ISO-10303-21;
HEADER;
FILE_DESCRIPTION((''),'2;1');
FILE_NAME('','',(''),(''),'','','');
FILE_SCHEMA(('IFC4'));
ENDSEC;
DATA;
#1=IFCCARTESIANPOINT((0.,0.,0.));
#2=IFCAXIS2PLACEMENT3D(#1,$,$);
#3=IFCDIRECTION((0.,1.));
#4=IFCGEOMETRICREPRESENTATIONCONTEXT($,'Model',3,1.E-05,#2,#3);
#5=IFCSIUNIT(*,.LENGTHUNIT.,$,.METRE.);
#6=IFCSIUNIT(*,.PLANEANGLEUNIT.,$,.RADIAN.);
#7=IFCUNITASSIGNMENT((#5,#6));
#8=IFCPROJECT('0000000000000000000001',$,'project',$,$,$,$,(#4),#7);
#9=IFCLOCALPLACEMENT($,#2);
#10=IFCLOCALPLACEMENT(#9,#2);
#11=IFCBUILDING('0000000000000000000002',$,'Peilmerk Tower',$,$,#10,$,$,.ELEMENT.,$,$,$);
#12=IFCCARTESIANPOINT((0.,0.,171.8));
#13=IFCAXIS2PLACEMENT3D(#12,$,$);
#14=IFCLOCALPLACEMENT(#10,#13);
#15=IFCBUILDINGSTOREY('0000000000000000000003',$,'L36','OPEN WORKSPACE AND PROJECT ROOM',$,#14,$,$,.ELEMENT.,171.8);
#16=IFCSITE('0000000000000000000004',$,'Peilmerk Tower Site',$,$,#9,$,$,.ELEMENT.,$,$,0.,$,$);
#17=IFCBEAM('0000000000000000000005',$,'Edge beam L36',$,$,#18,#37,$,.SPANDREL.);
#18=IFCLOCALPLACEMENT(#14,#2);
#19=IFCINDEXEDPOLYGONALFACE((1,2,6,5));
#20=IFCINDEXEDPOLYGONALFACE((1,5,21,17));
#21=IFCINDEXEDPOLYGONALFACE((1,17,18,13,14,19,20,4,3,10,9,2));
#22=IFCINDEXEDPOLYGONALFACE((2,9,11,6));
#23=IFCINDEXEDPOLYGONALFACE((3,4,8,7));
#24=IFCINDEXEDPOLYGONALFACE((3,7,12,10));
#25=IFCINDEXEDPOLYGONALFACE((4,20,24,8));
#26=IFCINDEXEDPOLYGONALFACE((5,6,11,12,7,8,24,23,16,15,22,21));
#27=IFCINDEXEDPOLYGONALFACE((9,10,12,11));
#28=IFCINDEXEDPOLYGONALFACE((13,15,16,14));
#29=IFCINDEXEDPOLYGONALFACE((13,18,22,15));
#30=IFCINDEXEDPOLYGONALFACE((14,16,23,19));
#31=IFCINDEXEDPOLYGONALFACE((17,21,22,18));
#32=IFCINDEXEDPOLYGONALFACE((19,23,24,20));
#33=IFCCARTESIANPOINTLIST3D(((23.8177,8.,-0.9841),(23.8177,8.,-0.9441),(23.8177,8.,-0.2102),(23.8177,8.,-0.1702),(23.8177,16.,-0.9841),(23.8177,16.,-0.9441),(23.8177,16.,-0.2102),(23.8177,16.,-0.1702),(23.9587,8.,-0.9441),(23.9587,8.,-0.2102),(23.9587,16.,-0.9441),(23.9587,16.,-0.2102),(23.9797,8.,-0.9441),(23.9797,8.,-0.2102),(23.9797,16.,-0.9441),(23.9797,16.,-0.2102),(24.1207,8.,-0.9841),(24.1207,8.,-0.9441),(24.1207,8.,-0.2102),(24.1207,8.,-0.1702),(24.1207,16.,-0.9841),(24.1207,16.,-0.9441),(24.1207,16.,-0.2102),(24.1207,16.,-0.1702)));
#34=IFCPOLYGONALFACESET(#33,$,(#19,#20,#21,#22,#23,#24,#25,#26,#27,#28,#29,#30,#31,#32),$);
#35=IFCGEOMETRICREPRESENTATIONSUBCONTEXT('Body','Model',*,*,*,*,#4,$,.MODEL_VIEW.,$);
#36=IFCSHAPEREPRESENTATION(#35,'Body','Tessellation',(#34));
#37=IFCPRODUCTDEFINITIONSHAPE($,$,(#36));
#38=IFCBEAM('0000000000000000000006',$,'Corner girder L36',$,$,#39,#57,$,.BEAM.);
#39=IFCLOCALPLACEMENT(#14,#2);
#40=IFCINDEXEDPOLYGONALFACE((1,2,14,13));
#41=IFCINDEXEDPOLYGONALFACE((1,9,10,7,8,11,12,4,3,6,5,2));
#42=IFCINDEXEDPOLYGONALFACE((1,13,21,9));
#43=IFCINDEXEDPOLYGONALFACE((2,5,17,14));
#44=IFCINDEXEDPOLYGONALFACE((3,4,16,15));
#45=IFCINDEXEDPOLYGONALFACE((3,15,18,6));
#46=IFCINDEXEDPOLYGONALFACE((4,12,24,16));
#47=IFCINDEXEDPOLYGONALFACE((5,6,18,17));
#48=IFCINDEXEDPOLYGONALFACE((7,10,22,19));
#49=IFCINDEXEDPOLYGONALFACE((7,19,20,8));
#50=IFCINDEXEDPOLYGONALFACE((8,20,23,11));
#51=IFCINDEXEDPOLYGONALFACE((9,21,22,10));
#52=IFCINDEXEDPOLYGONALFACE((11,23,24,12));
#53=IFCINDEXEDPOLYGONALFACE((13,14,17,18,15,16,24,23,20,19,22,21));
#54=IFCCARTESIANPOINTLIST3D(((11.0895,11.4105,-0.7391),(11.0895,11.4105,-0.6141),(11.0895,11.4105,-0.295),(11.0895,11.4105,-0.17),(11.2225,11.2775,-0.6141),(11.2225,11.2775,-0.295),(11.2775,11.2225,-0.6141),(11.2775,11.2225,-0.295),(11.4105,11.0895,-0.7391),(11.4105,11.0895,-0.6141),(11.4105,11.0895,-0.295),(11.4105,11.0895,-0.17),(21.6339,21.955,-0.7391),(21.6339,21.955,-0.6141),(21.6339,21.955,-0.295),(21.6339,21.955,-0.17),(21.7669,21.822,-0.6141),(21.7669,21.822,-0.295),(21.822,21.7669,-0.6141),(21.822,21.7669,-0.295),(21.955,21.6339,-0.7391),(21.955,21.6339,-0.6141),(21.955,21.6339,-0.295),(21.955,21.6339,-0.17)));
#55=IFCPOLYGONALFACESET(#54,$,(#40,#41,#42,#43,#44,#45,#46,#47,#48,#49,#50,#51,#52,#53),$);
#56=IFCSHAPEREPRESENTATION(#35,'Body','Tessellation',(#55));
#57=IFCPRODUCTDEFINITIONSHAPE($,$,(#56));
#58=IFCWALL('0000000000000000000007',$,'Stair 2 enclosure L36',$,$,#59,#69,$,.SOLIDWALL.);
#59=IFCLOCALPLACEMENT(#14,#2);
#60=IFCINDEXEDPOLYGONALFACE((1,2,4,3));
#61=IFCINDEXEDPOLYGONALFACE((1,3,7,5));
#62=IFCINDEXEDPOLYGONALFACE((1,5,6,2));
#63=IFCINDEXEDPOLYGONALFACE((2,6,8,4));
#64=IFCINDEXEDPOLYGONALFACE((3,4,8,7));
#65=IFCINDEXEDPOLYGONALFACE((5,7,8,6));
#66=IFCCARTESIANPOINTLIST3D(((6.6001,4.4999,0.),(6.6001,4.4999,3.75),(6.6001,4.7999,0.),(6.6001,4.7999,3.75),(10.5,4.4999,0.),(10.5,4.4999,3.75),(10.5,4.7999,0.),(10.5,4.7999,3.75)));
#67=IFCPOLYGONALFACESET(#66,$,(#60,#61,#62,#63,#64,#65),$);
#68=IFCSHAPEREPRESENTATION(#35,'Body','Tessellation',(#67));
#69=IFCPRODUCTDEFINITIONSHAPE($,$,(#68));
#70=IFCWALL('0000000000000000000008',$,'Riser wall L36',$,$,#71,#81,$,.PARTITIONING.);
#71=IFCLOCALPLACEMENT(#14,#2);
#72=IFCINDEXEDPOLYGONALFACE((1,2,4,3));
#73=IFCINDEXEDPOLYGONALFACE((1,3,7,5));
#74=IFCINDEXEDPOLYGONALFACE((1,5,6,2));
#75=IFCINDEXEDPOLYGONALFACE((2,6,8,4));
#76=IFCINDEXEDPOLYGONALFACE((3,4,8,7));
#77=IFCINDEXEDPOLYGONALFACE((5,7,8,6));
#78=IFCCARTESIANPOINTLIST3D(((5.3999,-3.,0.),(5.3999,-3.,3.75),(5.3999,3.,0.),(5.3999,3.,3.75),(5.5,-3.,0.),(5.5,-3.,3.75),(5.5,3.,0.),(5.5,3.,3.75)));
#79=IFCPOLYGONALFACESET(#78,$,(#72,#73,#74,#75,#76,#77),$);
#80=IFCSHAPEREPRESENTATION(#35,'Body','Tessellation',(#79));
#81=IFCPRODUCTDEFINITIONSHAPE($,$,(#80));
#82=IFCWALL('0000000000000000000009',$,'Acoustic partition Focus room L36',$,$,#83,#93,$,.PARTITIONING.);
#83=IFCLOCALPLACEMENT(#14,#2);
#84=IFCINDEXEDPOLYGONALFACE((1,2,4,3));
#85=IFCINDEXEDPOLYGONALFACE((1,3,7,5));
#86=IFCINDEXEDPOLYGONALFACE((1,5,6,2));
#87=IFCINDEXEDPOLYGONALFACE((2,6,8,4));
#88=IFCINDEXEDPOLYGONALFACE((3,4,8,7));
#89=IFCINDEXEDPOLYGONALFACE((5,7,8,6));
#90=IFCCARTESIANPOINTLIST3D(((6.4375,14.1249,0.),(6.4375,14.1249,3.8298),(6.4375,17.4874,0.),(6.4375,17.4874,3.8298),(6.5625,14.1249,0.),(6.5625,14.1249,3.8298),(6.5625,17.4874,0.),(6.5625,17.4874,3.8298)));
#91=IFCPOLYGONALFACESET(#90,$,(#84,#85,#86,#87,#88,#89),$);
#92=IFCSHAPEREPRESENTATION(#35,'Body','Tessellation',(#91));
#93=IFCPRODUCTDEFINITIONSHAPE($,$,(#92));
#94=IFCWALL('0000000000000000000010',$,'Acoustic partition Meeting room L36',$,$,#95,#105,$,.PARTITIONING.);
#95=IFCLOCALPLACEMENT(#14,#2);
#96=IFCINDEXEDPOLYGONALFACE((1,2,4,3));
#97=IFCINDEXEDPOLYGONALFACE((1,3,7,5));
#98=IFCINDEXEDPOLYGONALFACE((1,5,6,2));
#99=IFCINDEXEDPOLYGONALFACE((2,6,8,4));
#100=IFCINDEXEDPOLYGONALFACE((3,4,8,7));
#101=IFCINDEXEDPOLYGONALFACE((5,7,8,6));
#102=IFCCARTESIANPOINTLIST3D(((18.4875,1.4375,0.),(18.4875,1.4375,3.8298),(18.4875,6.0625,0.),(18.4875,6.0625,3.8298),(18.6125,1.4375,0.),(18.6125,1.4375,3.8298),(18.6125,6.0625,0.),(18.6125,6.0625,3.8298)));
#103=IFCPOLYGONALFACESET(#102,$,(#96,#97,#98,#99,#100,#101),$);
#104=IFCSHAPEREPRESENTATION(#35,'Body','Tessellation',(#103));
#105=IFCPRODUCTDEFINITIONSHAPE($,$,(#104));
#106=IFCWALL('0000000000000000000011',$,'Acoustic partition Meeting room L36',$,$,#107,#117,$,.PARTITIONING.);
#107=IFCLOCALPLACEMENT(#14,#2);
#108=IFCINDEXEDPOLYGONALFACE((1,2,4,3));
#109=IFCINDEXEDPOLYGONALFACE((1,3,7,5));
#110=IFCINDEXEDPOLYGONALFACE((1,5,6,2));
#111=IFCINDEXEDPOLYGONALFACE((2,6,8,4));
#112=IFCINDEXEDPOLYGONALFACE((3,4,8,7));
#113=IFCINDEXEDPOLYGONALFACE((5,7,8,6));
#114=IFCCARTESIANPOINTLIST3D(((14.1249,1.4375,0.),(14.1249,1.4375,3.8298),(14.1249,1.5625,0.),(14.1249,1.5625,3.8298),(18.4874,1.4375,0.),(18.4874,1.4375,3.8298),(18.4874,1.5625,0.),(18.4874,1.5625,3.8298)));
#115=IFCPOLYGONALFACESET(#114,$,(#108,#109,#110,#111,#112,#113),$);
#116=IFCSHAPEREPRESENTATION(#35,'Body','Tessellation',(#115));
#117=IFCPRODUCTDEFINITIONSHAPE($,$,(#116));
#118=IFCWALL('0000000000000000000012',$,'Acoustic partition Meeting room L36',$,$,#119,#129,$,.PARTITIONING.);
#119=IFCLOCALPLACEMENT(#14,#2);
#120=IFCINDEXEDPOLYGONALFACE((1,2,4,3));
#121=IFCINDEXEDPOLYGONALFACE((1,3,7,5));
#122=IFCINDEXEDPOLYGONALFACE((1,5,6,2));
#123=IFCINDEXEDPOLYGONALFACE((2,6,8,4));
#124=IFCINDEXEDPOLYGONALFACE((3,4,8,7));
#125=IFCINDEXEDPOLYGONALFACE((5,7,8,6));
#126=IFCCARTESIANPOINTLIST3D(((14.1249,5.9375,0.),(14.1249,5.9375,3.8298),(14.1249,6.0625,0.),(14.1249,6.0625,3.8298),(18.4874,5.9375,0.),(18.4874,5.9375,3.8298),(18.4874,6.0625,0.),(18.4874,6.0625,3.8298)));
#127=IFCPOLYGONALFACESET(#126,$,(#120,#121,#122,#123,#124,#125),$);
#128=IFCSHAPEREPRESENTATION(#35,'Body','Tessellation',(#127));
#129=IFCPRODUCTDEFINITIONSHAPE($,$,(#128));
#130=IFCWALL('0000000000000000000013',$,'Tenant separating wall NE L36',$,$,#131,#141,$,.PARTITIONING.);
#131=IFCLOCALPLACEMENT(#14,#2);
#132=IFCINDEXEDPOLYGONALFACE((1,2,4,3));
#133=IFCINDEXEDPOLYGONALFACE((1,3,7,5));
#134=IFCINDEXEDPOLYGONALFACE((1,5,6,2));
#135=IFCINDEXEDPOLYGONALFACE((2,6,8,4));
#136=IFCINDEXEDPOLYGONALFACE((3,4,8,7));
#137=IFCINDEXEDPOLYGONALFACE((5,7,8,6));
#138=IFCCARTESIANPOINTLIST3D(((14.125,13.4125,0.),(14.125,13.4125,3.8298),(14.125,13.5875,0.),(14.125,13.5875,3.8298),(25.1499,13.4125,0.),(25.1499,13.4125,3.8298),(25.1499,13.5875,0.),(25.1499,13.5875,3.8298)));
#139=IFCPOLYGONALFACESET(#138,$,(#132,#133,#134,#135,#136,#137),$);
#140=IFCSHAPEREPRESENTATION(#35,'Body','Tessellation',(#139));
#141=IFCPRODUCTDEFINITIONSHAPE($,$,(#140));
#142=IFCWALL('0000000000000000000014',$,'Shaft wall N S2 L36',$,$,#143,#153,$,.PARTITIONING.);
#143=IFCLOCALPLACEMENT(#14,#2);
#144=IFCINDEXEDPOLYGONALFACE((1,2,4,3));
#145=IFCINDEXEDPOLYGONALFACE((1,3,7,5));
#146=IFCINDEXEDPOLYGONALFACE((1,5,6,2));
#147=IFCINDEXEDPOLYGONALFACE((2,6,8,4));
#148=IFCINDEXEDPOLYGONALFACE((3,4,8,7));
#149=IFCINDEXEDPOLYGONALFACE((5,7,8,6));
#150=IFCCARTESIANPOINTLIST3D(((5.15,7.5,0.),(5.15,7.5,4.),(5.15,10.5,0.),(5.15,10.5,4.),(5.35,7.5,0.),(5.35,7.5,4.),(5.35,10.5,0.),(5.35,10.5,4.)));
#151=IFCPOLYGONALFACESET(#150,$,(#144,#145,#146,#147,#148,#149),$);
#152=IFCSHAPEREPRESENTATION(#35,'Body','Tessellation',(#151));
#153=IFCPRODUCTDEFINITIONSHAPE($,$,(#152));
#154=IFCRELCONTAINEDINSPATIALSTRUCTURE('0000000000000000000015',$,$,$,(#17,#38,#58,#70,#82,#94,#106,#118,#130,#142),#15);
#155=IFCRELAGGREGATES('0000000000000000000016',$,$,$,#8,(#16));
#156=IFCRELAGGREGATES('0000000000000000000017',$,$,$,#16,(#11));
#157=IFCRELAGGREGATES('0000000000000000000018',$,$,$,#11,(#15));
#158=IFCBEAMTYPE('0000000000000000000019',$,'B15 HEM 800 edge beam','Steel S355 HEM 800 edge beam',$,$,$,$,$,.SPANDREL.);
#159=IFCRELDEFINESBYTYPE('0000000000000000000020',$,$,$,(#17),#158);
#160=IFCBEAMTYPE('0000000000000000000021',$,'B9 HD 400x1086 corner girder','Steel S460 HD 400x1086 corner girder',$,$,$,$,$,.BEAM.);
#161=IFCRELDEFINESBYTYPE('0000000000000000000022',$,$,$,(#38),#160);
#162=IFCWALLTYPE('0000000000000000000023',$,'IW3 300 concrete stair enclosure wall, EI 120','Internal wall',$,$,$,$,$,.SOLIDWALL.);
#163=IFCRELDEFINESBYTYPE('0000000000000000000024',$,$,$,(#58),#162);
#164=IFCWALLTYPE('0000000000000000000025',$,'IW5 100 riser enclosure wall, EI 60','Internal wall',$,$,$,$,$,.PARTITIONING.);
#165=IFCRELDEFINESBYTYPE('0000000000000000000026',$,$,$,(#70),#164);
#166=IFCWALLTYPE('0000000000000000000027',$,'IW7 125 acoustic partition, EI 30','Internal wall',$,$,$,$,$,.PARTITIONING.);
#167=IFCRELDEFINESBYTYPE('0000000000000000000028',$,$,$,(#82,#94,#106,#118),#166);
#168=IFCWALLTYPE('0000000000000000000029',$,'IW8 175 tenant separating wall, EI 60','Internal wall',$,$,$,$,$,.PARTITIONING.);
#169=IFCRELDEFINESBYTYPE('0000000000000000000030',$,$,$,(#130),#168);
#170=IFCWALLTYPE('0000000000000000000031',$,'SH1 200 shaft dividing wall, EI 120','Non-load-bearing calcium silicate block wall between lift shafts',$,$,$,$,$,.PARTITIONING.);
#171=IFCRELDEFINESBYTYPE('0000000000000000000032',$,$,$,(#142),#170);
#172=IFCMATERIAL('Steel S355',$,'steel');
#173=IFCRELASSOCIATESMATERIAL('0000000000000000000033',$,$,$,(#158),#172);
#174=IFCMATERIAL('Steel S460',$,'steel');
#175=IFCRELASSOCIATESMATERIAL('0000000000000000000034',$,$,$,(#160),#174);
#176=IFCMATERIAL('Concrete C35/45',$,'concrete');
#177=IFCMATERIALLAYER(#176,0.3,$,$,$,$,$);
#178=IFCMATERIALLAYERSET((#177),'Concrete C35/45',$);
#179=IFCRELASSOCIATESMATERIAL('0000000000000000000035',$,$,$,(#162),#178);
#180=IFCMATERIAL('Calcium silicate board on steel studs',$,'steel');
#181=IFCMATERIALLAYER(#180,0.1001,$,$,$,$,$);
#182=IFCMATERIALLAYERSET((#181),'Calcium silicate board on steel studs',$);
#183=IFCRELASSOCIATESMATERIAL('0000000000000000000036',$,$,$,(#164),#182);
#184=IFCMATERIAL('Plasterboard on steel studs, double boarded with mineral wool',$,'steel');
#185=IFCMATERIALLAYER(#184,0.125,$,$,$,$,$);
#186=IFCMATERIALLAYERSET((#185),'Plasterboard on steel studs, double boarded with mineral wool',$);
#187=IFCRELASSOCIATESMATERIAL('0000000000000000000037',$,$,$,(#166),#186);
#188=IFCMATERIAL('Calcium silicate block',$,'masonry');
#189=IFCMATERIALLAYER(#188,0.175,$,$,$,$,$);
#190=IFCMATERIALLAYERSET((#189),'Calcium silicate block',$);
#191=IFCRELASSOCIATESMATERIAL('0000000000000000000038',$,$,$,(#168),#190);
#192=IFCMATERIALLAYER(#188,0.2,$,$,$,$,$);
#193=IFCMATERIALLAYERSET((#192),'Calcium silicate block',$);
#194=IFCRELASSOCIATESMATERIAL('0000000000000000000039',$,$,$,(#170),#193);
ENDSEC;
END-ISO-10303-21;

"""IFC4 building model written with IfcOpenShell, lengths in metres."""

from ifc_helpers import new_model, si_unit, direction, frame, frame_2d, origin, origin_2d, place, context, subcontext, project, spatial, rectangle, i_section, extrude, material, layer, layer_set, material_profile, profile_set, type_object, element, save


model = new_model("IFC4")

# Units and contexts
model_context = context("Model", 3, precision=1e-05, world=origin(), true_north=direction((0.0, 1.0)))
body_context = subcontext(model_context, "Body", "Model", "MODEL_VIEW")
ifc_project = project(units=[si_unit("LENGTHUNIT", "METRE"), si_unit("PLANEANGLEUNIT", "RADIAN")], contexts=[model_context])

# Site, building, storey
site_placement = place(None, origin())
site = spatial("IfcSite", under=ifc_project, at=site_placement, Name="Peilmerk Tower Site", CompositionType="ELEMENT", RefElevation=0.0)
building_placement = place(site_placement, origin())
building = spatial("IfcBuilding", under=site, at=building_placement, Name="Peilmerk Tower", CompositionType="ELEMENT")
storey_placement = place(building_placement, frame((0.0, 0.0, 171.8)))
storey = spatial("IfcBuildingStorey", under=building, at=storey_placement, Name="L36", Description="OPEN WORKSPACE AND PROJECT ROOM", CompositionType="ELEMENT", Elevation=171.8)

# Shared definitions
ifc_material_1 = material(Name="Steel S460", Category="steel")

# Beams
ifc_material_2 = material(Name="Steel S355", Category="steel")
ifc_material_profile_1 = material_profile(ifc_material_2, i_section(OverallWidth=0.303, OverallDepth=0.814, WebThickness=0.021, FlangeThickness=0.04, at=origin_2d()), Name="HEM 800")
ifc_profile_set_1 = profile_set([ifc_material_profile_1], Name="Steel S355")
beam_type_1 = type_object("IfcBeamType", Name="B15 HEM 800 edge beam", Description="Steel S355 HEM 800 edge beam", PredefinedType="SPANDREL", material=ifc_profile_set_1)
for number, where, z_axis, x_axis, name in (
    (1, (23.9692, 8.0, -0.5771), (0.0, 1.0, 0.0), (-1.0, 0.0, 0.0), "Edge beam L36"),
):
    element("IfcBeam", number, at=place(storey_placement, frame(where, z_axis=z_axis, x_axis=x_axis)), inside=storey, type_object=beam_type_1, Name=name, PredefinedType="SPANDREL", context=body_context, shape_type="SweptSolid", body=[
        extrude(i_section(OverallWidth=0.303, OverallDepth=0.814, WebThickness=0.021, FlangeThickness=0.04, at=origin_2d()), origin(), (0.0, 0.0, 1.0), 8.0),
    ])
ifc_material_profile_2 = material_profile(ifc_material_1, i_section(OverallWidth=0.4541, OverallDepth=0.5691, WebThickness=0.0779, FlangeThickness=0.125, at=origin_2d()), Name="HD 400x1086")
ifc_profile_set_2 = profile_set([ifc_material_profile_2], Name="Steel S460")
beam_type_2 = type_object("IfcBeamType", Name="B9 HD 400x1086 corner girder", Description="Steel S460 HD 400x1086 corner girder", PredefinedType="BEAM", material=ifc_profile_set_2)
beam_placement = place(storey_placement, frame((11.25, 11.25, -0.4546), z_axis=(0.707107, 0.707107, 0.0), x_axis=(-0.707107, 0.707107, 0.0)))
element("IfcBeam", 2, at=beam_placement, inside=storey, type_object=beam_type_2, Name="Corner girder L36", PredefinedType="BEAM", context=body_context, shape_type="SweptSolid", body=[
    extrude(i_section(OverallWidth=0.4541, OverallDepth=0.5691, WebThickness=0.0779, FlangeThickness=0.125, at=origin_2d()), origin(), (0.0, 0.0, 1.0), 14.9121),
])

# Walls
ifc_material_3 = material(Name="Concrete C35/45", Category="concrete")
ifc_layer_1 = layer(ifc_material_3, 0.3)
ifc_layer_set_1 = layer_set([ifc_layer_1], Name="Concrete C35/45")
wall_type_1 = type_object("IfcWallType", Name="IW3 300 concrete stair enclosure wall, EI 120", Description="Internal wall", PredefinedType="SOLIDWALL", material=ifc_layer_set_1)
wall_1_placement = place(storey_placement, frame((6.6001, 4.6499, 0.0), z_axis=(0.0, 0.0, 1.0), x_axis=(1.0, 0.0, 0.0)))
element("IfcWall", 3, at=wall_1_placement, inside=storey, type_object=wall_type_1, Name="Stair 2 enclosure L36", PredefinedType="SOLIDWALL", context=body_context, shape_type="SweptSolid", body=[
    extrude(rectangle(XDim=3.8999, YDim=0.3, at=frame_2d((1.95, 0.0))), origin(), (0.0, 0.0, 1.0), 3.75),
])
ifc_material_4 = material(Name="Calcium silicate board on steel studs", Category="steel")
ifc_layer_2 = layer(ifc_material_4, 0.1001)
ifc_layer_set_2 = layer_set([ifc_layer_2], Name="Calcium silicate board on steel studs")
wall_type_2 = type_object("IfcWallType", Name="IW5 100 riser enclosure wall, EI 60", Description="Internal wall", PredefinedType="PARTITIONING", material=ifc_layer_set_2)
wall_2_placement = place(storey_placement, frame((5.45, 3.0, 0.0), z_axis=(0.0, 0.0, 1.0), x_axis=(0.0, -1.0, 0.0)))
element("IfcWall", 4, at=wall_2_placement, inside=storey, type_object=wall_type_2, Name="Riser wall L36", PredefinedType="PARTITIONING", context=body_context, shape_type="SweptSolid", body=[
    extrude(rectangle(XDim=6.0, YDim=0.1001, at=frame_2d((3.0, 0.0))), origin(), (0.0, 0.0, 1.0), 3.75),
])
ifc_material_5 = material(Name="Plasterboard on steel studs, double boarded with mineral wool", Category="steel")
ifc_layer_3 = layer(ifc_material_5, 0.125)
ifc_layer_set_3 = layer_set([ifc_layer_3], Name="Plasterboard on steel studs, double boarded with mineral wool")
wall_type_3 = type_object("IfcWallType", Name="IW7 125 acoustic partition, EI 30", Description="Internal wall", PredefinedType="PARTITIONING", material=ifc_layer_set_3)
wall_3_placement = place(storey_placement, frame((6.5, 14.125, 0.0), z_axis=(0.0, 0.0, 1.0), x_axis=(0.0, 1.0, 0.0)))
element("IfcWall", 5, at=wall_3_placement, inside=storey, type_object=wall_type_3, Name="Acoustic partition Focus room L36", PredefinedType="PARTITIONING", context=body_context, shape_type="SweptSolid", body=[
    extrude(rectangle(XDim=3.3625, YDim=0.125, at=frame_2d((1.6812, 0.0))), origin(), (0.0, 0.0, 1.0), 3.8298),
])
wall_4_placement = place(storey_placement, frame((18.55, 1.4375, 0.0), z_axis=(0.0, 0.0, 1.0), x_axis=(0.0, 1.0, 0.0)))
element("IfcWall", 6, at=wall_4_placement, inside=storey, type_object=wall_type_3, Name="Acoustic partition Meeting room L36", PredefinedType="PARTITIONING", context=body_context, shape_type="SweptSolid", body=[
    extrude(rectangle(XDim=4.625, YDim=0.125, at=frame_2d((2.3125, 0.0))), origin(), (0.0, 0.0, 1.0), 3.8298),
])
for number, where, z_axis, x_axis, name in (
    (7, (14.125, 1.5, 0.0), (0.0, 0.0, 1.0), (1.0, 0.0, 0.0), "Acoustic partition Meeting room L36"),
    (8, (14.125, 6.0, 0.0), (0.0, 0.0, 1.0), (1.0, 0.0, 0.0), "Acoustic partition Meeting room L36"),
):
    element("IfcWall", number, at=place(storey_placement, frame(where, z_axis=z_axis, x_axis=x_axis)), inside=storey, type_object=wall_type_3, Name=name, PredefinedType="PARTITIONING", context=body_context, shape_type="SweptSolid", body=[
        extrude(rectangle(XDim=4.3625, YDim=0.125, at=frame_2d((2.1812, 0.0))), origin(), (0.0, 0.0, 1.0), 3.8298),
    ])
ifc_material_6 = material(Name="Calcium silicate block", Category="masonry")
ifc_layer_4 = layer(ifc_material_6, 0.175)
ifc_layer_set_4 = layer_set([ifc_layer_4], Name="Calcium silicate block")
wall_type_4 = type_object("IfcWallType", Name="IW8 175 tenant separating wall, EI 60", Description="Internal wall", PredefinedType="PARTITIONING", material=ifc_layer_set_4)
wall_5_placement = place(storey_placement, frame((14.125, 13.5, 0.0), z_axis=(0.0, 0.0, 1.0), x_axis=(1.0, 0.0, 0.0)))
element("IfcWall", 9, at=wall_5_placement, inside=storey, type_object=wall_type_4, Name="Tenant separating wall NE L36", PredefinedType="PARTITIONING", context=body_context, shape_type="SweptSolid", body=[
    extrude(rectangle(XDim=11.0249, YDim=0.175, at=frame_2d((5.5125, 0.0))), origin(), (0.0, 0.0, 1.0), 3.8298),
])
ifc_layer_5 = layer(ifc_material_6, 0.2)
ifc_layer_set_5 = layer_set([ifc_layer_5], Name="Calcium silicate block")
wall_type_5 = type_object("IfcWallType", Name="SH1 200 shaft dividing wall, EI 120", Description="Non-load-bearing calcium silicate block wall between lift shafts", PredefinedType="PARTITIONING", material=ifc_layer_set_5)
wall_6_placement = place(storey_placement, frame((5.25, 7.5, 0.0), z_axis=(0.0, 0.0, 1.0), x_axis=(0.0, 1.0, 0.0)))
element("IfcWall", 10, at=wall_6_placement, inside=storey, type_object=wall_type_5, Name="Shaft wall N S2 L36", PredefinedType="PARTITIONING", context=body_context, shape_type="SweptSolid", body=[
    extrude(rectangle(XDim=3.0, YDim=0.2, at=frame_2d((1.5, 0.0))), origin(), (0.0, 0.0, 1.0), 4.0),
])

save(model, "model.ifc")
